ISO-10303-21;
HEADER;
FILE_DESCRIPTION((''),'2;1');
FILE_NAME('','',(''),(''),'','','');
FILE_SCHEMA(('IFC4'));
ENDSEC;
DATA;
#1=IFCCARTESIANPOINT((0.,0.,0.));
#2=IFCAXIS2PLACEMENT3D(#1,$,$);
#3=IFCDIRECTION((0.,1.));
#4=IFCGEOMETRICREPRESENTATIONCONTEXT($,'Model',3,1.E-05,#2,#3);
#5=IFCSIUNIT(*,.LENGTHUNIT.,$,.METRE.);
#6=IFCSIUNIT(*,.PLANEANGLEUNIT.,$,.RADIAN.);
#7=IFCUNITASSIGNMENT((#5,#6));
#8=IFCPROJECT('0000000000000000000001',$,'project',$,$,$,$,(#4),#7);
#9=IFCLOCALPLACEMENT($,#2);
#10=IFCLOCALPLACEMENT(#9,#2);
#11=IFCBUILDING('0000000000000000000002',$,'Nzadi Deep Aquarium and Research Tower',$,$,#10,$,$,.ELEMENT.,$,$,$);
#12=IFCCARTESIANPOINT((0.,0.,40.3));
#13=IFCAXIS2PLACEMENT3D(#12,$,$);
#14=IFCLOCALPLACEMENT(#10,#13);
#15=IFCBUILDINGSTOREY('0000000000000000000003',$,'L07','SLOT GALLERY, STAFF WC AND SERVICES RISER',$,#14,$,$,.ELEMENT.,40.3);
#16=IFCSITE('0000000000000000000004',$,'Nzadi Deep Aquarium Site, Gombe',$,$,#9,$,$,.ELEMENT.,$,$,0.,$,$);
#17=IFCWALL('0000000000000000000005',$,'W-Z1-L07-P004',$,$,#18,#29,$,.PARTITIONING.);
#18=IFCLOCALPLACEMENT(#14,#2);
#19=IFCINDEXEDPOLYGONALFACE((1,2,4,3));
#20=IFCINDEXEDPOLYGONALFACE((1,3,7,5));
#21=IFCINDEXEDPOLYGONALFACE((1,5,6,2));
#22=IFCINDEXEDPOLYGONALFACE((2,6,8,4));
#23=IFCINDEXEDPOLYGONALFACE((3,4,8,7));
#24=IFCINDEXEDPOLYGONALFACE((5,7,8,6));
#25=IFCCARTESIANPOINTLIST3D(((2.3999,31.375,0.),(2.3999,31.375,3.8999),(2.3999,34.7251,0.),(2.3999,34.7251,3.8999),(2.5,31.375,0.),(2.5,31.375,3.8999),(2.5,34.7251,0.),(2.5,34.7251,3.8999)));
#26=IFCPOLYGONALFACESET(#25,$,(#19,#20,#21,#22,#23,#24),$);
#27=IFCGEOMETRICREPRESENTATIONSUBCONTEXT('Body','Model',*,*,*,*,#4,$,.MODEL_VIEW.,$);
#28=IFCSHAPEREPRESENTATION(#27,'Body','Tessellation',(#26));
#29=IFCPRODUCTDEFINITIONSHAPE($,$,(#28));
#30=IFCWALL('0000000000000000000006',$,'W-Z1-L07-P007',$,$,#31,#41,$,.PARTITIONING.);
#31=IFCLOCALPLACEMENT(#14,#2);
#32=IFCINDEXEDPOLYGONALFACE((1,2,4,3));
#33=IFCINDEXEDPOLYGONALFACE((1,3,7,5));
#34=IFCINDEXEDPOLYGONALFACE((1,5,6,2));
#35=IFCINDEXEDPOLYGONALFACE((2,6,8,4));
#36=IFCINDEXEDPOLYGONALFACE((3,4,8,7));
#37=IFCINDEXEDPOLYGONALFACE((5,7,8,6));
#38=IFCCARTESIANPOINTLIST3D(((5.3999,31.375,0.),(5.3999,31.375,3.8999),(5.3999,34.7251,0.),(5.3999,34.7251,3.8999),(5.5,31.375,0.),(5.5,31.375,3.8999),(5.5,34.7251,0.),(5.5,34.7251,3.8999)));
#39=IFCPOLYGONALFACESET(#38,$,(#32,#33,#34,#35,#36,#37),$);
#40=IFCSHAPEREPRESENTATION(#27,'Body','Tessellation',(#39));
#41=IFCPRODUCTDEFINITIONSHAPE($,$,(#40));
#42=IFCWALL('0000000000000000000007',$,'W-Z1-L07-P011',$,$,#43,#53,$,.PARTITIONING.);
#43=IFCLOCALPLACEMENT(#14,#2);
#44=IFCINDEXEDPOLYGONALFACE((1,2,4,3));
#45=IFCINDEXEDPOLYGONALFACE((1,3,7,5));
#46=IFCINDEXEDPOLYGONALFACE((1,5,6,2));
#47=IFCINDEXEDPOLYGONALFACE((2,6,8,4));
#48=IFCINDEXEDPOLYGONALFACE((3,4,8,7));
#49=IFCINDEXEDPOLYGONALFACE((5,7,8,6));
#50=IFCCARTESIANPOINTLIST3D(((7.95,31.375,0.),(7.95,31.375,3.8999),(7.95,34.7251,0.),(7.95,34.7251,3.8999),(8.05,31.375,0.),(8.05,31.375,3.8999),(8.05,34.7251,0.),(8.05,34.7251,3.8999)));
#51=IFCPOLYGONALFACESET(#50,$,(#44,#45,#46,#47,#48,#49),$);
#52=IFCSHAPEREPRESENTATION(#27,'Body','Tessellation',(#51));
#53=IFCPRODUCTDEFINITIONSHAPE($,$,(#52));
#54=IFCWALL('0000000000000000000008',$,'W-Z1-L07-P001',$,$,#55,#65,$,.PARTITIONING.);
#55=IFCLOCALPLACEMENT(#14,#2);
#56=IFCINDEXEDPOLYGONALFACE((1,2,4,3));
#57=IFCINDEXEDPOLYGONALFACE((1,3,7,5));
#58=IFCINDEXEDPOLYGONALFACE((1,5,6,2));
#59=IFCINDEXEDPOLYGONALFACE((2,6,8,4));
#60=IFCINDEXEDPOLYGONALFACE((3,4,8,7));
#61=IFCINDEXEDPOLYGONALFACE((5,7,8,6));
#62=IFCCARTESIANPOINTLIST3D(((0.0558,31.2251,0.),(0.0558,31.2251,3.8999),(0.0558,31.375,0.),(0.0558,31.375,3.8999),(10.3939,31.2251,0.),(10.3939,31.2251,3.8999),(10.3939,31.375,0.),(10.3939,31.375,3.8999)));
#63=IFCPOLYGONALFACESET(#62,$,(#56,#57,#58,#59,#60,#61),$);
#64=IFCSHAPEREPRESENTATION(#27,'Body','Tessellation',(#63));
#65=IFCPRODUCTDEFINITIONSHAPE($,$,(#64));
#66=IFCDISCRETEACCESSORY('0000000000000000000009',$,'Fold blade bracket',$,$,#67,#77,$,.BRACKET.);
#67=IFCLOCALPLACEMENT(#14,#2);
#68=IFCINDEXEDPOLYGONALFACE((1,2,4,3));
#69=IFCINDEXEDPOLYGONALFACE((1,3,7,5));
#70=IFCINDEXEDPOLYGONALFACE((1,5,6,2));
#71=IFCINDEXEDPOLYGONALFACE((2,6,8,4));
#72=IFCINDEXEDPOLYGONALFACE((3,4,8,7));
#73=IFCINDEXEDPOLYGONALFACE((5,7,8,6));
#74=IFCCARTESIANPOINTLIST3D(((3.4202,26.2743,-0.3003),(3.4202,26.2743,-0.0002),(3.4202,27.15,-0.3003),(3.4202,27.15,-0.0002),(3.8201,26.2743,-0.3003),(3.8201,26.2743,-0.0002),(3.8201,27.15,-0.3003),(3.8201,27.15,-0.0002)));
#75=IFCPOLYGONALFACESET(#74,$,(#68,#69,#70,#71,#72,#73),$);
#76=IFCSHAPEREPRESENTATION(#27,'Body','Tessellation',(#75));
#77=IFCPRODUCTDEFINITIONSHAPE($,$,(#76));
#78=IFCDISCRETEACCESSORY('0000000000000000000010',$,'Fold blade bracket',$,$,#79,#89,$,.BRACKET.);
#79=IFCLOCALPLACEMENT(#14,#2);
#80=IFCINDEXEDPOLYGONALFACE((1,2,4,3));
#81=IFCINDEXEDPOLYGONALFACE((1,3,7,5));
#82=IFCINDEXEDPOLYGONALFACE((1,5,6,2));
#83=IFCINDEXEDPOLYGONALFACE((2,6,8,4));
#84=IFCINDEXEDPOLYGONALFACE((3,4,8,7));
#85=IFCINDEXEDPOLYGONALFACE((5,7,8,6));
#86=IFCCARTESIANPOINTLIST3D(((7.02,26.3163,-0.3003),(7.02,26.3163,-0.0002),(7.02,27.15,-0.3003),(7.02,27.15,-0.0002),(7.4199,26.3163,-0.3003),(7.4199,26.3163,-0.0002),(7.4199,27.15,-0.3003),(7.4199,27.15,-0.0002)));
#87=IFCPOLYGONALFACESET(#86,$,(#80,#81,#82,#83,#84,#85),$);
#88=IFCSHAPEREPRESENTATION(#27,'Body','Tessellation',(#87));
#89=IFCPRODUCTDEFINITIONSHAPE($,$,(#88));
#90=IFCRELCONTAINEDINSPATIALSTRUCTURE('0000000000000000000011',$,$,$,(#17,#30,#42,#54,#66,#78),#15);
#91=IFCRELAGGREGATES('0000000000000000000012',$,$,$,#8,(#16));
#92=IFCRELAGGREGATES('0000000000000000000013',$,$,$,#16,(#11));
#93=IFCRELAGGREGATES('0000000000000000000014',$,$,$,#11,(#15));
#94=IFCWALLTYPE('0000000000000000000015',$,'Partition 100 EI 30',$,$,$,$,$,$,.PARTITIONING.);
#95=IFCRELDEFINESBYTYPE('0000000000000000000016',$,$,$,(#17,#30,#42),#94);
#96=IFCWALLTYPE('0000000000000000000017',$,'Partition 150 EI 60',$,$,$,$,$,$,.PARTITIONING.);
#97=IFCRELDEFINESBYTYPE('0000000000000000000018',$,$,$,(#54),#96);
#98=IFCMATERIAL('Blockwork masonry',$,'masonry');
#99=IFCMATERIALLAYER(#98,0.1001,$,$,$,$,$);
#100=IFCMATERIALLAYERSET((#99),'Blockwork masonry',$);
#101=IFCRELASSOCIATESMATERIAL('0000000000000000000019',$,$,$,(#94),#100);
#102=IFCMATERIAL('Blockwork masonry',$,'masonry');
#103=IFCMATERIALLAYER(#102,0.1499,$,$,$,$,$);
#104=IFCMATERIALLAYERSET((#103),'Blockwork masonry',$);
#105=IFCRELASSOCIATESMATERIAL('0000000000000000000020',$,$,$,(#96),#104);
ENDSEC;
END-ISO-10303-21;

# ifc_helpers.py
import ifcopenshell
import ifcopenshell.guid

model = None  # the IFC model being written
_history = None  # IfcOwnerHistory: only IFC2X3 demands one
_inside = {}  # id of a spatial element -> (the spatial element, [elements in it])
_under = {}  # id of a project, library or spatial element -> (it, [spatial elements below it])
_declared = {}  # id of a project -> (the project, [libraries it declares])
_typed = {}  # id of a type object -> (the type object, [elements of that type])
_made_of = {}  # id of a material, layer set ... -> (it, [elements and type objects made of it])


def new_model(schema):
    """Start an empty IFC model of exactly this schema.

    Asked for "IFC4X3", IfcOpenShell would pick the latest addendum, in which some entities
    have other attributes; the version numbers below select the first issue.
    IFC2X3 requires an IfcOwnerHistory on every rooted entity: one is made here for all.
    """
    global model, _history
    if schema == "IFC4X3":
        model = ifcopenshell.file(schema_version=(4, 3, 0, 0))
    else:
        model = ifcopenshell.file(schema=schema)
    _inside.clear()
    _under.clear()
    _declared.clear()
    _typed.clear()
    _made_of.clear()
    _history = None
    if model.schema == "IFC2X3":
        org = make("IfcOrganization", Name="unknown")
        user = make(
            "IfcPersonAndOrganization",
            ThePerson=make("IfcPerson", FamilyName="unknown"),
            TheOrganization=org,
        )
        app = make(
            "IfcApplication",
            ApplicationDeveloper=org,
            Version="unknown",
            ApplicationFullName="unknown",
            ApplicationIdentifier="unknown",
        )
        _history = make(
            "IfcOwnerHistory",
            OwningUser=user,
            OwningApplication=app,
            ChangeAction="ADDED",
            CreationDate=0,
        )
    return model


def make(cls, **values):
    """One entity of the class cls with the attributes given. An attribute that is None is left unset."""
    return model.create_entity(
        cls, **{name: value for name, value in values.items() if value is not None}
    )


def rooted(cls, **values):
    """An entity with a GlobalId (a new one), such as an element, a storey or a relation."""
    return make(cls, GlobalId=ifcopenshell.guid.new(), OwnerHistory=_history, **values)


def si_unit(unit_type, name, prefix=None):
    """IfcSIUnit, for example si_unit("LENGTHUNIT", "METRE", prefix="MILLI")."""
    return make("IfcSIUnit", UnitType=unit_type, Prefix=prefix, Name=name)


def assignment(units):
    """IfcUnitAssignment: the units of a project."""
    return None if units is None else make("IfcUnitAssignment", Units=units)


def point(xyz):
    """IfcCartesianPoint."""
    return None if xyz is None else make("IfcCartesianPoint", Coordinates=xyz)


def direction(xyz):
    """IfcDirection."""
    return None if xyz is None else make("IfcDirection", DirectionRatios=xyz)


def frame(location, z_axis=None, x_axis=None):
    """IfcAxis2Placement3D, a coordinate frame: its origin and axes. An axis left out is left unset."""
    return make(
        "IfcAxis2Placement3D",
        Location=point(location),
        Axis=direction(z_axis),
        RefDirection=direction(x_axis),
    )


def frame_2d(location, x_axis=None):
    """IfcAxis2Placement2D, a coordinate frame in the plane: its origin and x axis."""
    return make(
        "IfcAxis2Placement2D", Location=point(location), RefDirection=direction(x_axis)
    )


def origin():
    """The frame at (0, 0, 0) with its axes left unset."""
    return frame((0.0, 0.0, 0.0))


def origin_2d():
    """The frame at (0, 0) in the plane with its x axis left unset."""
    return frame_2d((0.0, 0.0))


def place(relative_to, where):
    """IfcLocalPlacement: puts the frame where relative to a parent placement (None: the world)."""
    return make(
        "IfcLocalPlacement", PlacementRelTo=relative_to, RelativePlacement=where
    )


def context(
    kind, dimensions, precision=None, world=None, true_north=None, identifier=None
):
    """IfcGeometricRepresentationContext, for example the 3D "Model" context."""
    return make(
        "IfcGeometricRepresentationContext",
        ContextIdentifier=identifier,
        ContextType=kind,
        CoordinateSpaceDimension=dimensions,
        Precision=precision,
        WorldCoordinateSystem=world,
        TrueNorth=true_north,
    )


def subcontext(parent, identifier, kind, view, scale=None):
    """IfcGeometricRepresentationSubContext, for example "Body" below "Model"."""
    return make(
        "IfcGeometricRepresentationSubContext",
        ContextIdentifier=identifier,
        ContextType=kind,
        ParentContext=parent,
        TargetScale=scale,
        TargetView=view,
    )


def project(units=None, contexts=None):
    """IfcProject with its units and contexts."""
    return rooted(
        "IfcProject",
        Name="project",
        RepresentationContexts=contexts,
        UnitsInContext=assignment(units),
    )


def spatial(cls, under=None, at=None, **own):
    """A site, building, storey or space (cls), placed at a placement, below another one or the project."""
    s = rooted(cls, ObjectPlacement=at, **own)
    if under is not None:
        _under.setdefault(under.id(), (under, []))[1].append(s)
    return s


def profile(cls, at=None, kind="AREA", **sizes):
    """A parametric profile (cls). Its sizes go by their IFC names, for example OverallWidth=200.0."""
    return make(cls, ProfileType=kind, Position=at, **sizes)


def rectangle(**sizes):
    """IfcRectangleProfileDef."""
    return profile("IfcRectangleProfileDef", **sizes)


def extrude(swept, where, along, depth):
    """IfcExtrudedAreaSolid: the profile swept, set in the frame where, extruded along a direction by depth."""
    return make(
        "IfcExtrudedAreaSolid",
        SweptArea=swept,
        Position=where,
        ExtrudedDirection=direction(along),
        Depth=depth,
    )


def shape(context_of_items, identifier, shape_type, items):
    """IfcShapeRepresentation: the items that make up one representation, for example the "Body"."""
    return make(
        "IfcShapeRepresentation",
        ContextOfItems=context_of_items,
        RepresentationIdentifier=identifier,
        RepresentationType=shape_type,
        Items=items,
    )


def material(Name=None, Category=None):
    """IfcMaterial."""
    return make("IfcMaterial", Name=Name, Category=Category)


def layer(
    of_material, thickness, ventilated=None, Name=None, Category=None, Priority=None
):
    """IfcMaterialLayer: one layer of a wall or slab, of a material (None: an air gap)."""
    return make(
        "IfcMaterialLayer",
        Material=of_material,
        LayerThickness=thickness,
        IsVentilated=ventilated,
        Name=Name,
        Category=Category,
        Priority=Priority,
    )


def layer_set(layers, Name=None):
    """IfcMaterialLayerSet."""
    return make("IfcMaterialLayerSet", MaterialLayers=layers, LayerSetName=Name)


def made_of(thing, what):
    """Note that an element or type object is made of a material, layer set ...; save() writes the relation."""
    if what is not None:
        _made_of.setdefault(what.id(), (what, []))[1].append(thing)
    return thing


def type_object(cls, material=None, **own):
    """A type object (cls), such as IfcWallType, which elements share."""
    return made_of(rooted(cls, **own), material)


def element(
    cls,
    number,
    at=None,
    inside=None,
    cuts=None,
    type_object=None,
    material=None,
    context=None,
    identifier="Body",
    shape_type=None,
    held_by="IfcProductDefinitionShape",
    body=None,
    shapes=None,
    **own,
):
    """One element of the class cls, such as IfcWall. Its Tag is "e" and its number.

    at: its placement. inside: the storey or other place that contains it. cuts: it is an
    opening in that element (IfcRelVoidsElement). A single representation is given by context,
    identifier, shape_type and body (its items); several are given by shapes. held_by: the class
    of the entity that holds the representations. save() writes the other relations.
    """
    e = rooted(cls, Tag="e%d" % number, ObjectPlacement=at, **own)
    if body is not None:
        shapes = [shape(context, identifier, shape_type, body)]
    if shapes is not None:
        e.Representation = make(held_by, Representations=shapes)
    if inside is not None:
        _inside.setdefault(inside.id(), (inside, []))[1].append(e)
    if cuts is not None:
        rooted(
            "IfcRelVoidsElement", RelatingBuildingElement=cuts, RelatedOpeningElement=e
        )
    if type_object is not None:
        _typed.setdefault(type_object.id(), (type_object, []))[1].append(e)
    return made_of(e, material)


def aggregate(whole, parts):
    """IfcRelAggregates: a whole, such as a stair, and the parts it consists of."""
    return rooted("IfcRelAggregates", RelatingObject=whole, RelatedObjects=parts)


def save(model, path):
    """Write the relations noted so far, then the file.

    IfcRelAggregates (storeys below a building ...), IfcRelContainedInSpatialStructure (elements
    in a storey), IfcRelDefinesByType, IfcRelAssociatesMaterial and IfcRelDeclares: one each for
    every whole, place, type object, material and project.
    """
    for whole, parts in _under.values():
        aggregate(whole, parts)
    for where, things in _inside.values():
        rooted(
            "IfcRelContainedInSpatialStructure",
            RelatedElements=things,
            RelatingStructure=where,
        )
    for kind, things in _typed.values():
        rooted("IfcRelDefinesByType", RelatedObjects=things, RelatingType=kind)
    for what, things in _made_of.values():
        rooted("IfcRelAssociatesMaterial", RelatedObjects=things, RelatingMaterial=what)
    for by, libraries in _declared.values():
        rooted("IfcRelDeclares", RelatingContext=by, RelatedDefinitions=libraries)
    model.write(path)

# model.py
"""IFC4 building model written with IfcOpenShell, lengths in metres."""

from ifc_helpers import new_model, si_unit, direction, frame, frame_2d, origin, origin_2d, place, context, subcontext, project, spatial, rectangle, extrude, material, layer, layer_set, type_object, element, save


model = new_model("IFC4")

# Units and contexts
model_context = context("Model", 3, precision=1e-05, world=origin(), true_north=direction((0.0, 1.0)))
body_context = subcontext(model_context, "Body", "Model", "MODEL_VIEW")
ifc_project = project(units=[si_unit("LENGTHUNIT", "METRE"), si_unit("PLANEANGLEUNIT", "RADIAN")], contexts=[model_context])

# Site, building, storey
site_placement = place(None, origin())
site = spatial("IfcSite", under=ifc_project, at=site_placement, Name="Nzadi Deep Aquarium Site, Gombe", CompositionType="ELEMENT", RefElevation=0.0)
building_placement = place(site_placement, origin())
building = spatial("IfcBuilding", under=site, at=building_placement, Name="Nzadi Deep Aquarium and Research Tower", CompositionType="ELEMENT")
storey_placement = place(building_placement, frame((0.0, 0.0, 40.3)))
storey = spatial("IfcBuildingStorey", under=building, at=storey_placement, Name="L07", Description="SLOT GALLERY, STAFF WC AND SERVICES RISER", CompositionType="ELEMENT", Elevation=40.3)

# Walls
ifc_material_1 = material(Name="Blockwork masonry", Category="masonry")
ifc_layer_1 = layer(ifc_material_1, 0.1001)
ifc_layer_set_1 = layer_set([ifc_layer_1], Name="Blockwork masonry")
wall_type_1 = type_object("IfcWallType", Name="Partition 100 EI 30", PredefinedType="PARTITIONING", material=ifc_layer_set_1)
for number, where, z_axis, x_axis, name in (
    (1, (2.45, 31.375, 0.0), (0.0, 0.0, 1.0), (0.0, 1.0, 0.0), "W-Z1-L07-P004"),
    (2, (5.45, 31.375, 0.0), (0.0, 0.0, 1.0), (0.0, 1.0, 0.0), "W-Z1-L07-P007"),
    (3, (8.0, 31.375, 0.0), (0.0, 0.0, 1.0), (0.0, 1.0, 0.0), "W-Z1-L07-P011"),
):
    element("IfcWall", number, at=place(storey_placement, frame(where, z_axis=z_axis, x_axis=x_axis)), inside=storey, type_object=wall_type_1, Name=name, PredefinedType="PARTITIONING", context=body_context, shape_type="SweptSolid", body=[
        extrude(rectangle(XDim=3.3501, YDim=0.1001, at=frame_2d((1.675, 0.0))), origin(), (0.0, 0.0, 1.0), 3.8999),
    ])
ifc_material_2 = material(Name="Blockwork masonry", Category="masonry")
ifc_layer_2 = layer(ifc_material_2, 0.1499)
ifc_layer_set_2 = layer_set([ifc_layer_2], Name="Blockwork masonry")
wall_type_2 = type_object("IfcWallType", Name="Partition 150 EI 60", PredefinedType="PARTITIONING", material=ifc_layer_set_2)
wall_placement = place(storey_placement, frame((0.0559, 31.3, 0.0), z_axis=(0.0, 0.0, 1.0), x_axis=(1.0, 0.0, 0.0)))
element("IfcWall", 4, at=wall_placement, inside=storey, type_object=wall_type_2, Name="W-Z1-L07-P001", PredefinedType="PARTITIONING", context=body_context, shape_type="SweptSolid", body=[
    extrude(rectangle(XDim=10.3381, YDim=0.1499, at=frame_2d((5.1689, 0.0))), origin(), (0.0, 0.0, 1.0), 3.8999),
])

# Discrete accessories
discrete_accessory_1_placement = place(storey_placement, frame((3.6201, 26.7122, -0.3003), z_axis=(0.0, 0.0, 1.0), x_axis=(1.0, 0.0, 0.0)))
element("IfcDiscreteAccessory", 5, at=discrete_accessory_1_placement, inside=storey, Name="Fold blade bracket", PredefinedType="BRACKET", context=body_context, shape_type="SweptSolid", body=[
    extrude(rectangle(XDim=0.3999, YDim=0.8757, at=origin_2d()), origin(), (0.0, 0.0, 1.0), 0.3),
])
discrete_accessory_2_placement = place(storey_placement, frame((7.22, 26.7332, -0.3003), z_axis=(0.0, 0.0, 1.0), x_axis=(1.0, 0.0, 0.0)))
element("IfcDiscreteAccessory", 6, at=discrete_accessory_2_placement, inside=storey, Name="Fold blade bracket", PredefinedType="BRACKET", context=body_context, shape_type="SweptSolid", body=[
    extrude(rectangle(XDim=0.3999, YDim=0.8337, at=origin_2d()), origin(), (0.0, 0.0, 1.0), 0.3),
])

save(model, "model.ifc")
